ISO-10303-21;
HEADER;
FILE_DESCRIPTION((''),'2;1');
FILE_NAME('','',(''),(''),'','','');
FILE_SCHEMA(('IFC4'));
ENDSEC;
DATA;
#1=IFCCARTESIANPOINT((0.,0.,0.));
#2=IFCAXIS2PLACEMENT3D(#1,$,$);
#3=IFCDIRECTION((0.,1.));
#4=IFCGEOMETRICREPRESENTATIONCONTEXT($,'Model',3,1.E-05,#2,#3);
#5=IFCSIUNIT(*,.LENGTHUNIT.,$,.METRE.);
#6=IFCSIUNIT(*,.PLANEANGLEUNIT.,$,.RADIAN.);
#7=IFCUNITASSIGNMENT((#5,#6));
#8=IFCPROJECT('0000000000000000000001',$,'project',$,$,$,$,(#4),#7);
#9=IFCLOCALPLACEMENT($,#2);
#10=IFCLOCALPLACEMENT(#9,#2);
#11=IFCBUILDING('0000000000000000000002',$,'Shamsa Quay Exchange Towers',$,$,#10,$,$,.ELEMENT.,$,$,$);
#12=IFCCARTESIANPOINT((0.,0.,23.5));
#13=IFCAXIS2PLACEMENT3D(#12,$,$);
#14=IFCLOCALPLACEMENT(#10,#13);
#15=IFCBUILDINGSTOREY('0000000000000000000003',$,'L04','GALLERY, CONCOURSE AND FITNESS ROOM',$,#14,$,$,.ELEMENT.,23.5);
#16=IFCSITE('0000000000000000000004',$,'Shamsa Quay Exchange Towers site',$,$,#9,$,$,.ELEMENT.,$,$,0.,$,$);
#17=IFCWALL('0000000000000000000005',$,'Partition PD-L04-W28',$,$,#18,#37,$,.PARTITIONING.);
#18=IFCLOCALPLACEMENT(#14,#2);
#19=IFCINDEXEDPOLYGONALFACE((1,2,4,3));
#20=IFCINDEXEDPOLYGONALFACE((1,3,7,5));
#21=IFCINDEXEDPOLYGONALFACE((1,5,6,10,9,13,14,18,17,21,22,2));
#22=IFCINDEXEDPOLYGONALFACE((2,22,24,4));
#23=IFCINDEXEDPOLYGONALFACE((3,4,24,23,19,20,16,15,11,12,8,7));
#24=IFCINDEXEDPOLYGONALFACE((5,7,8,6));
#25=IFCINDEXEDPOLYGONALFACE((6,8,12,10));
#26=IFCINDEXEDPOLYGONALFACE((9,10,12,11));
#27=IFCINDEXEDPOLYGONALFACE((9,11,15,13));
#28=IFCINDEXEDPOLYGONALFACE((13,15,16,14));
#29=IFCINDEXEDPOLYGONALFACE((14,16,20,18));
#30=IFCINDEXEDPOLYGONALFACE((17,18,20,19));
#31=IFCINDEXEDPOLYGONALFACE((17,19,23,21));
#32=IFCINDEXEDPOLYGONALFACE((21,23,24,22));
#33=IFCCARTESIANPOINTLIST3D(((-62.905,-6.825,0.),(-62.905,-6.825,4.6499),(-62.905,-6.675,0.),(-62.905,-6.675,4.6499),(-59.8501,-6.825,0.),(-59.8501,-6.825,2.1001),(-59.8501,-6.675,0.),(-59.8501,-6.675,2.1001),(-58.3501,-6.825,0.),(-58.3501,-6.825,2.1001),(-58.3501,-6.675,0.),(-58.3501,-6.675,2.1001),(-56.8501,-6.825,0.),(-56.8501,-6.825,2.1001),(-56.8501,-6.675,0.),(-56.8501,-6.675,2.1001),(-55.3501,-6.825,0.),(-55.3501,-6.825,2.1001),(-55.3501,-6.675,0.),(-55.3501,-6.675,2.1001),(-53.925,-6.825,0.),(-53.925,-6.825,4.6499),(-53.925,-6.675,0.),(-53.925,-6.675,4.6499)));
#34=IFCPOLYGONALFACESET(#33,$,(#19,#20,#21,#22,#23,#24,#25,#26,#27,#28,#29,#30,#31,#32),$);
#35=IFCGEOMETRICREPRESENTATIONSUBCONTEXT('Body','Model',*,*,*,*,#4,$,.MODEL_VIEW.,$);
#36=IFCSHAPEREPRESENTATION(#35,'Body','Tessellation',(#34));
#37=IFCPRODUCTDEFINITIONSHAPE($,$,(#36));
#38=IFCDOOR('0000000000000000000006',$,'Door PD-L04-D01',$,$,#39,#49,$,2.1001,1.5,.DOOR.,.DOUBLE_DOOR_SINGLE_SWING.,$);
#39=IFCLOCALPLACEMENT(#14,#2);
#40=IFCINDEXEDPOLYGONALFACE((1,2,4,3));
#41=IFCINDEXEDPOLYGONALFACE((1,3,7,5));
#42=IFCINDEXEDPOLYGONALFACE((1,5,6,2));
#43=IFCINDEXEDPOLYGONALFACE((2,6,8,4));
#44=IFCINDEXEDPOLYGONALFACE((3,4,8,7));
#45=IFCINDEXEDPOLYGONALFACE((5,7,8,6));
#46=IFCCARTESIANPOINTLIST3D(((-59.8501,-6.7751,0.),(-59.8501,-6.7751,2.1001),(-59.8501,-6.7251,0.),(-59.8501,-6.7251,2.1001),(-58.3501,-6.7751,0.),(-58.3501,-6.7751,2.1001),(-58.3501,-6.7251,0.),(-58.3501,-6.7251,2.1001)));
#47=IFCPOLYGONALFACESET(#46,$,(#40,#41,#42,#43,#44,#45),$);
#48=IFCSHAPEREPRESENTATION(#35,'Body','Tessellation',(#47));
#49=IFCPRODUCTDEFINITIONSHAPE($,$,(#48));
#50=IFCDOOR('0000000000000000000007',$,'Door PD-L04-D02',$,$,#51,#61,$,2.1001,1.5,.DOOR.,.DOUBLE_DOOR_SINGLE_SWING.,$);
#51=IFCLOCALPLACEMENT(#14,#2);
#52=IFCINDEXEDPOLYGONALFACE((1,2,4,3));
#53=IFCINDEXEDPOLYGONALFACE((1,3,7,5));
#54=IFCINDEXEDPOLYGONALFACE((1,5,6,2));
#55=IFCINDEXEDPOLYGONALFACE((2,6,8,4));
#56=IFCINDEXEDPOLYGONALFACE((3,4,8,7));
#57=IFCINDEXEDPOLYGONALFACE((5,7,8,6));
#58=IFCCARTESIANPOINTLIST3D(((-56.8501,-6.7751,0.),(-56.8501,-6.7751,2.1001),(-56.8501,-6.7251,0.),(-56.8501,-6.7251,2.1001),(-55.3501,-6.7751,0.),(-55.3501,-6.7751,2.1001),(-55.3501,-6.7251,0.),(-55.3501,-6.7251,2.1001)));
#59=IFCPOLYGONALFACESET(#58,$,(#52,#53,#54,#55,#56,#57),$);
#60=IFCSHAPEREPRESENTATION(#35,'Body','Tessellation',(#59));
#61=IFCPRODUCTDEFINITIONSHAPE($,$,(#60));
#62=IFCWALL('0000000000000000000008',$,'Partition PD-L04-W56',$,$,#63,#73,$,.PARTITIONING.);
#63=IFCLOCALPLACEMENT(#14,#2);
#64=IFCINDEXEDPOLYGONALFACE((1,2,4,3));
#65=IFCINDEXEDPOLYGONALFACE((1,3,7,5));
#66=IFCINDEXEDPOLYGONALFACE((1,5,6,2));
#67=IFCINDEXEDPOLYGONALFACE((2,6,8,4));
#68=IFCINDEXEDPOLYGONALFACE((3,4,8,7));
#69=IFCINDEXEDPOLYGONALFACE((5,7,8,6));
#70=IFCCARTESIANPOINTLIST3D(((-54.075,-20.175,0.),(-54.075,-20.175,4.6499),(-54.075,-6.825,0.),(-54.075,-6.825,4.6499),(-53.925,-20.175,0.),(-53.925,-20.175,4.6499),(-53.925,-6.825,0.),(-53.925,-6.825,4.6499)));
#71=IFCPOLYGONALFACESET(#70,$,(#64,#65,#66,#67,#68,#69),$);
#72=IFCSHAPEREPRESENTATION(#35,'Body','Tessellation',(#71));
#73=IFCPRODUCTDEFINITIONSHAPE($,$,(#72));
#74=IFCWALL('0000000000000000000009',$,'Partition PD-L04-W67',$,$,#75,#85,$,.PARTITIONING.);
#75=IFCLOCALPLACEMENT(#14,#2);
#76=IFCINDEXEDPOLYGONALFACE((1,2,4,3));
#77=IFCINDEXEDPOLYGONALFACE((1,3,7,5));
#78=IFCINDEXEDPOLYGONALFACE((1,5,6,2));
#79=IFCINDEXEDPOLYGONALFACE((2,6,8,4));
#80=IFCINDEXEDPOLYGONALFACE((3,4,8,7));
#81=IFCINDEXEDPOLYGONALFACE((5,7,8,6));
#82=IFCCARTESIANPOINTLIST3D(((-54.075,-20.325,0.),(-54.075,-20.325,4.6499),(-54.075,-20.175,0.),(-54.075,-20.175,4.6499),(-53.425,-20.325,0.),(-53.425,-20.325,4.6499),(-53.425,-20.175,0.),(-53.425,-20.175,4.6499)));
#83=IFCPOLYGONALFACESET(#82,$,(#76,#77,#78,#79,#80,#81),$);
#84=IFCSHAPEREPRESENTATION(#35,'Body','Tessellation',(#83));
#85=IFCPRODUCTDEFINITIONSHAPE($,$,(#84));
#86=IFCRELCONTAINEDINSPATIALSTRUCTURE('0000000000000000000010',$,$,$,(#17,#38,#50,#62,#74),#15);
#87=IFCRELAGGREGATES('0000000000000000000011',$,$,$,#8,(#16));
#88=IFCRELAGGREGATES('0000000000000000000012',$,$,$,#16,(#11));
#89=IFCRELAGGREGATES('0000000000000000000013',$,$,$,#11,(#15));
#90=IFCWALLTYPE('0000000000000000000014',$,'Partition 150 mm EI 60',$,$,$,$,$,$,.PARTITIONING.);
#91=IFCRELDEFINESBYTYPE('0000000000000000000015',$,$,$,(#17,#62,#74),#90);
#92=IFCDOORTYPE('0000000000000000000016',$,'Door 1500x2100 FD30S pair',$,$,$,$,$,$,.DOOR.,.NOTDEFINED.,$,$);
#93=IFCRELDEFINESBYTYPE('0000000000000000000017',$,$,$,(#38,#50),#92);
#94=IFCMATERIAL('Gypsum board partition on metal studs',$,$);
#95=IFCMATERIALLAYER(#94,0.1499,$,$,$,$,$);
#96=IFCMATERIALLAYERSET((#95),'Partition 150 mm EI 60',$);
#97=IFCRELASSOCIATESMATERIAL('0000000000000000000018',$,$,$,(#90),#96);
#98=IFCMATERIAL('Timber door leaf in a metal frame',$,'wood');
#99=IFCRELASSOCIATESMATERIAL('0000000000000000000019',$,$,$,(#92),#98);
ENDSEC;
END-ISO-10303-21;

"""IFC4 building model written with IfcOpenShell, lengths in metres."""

from ifc_helpers import new_model, si_unit, direction, frame, frame_2d, origin, place, context, subcontext, project, spatial, rectangle, extrude, material, layer, layer_set, type_object, element, fill, save


model = new_model("IFC4")

# Units and contexts
model_context = context("Model", 3, precision=1e-05, world=origin(), true_north=direction((0.0, 1.0)))
body_context = subcontext(model_context, "Body", "Model", "MODEL_VIEW")
ifc_project = project(units=[si_unit("LENGTHUNIT", "METRE"), si_unit("PLANEANGLEUNIT", "RADIAN")], contexts=[model_context])

# Site, building, storey
site_placement = place(None, origin())
site = spatial("IfcSite", under=ifc_project, at=site_placement, Name="Shamsa Quay Exchange Towers site", CompositionType="ELEMENT", RefElevation=0.0)
building_placement = place(site_placement, origin())
building = spatial("IfcBuilding", under=site, at=building_placement, Name="Shamsa Quay Exchange Towers", CompositionType="ELEMENT")
storey_placement = place(building_placement, frame((0.0, 0.0, 23.5)))
storey = spatial("IfcBuildingStorey", under=building, at=storey_placement, Name="L04", Description="GALLERY, CONCOURSE AND FITNESS ROOM", CompositionType="ELEMENT", Elevation=23.5)

# Wall, openings, doors
ifc_material_1 = material(Name="Gypsum board partition on metal studs")
ifc_layer_1 = layer(ifc_material_1, 0.1499)
ifc_layer_set_1 = layer_set([ifc_layer_1], Name="Partition 150 mm EI 60")
wall_type_1 = type_object("IfcWallType", Name="Partition 150 mm EI 60", PredefinedType="PARTITIONING", material=ifc_layer_set_1)
wall_1_placement = place(storey_placement, frame((-62.905, -6.75, 0.0)))
wall_1 = element("IfcWall", 1, at=wall_1_placement, inside=storey, type_object=wall_type_1, Name="Partition PD-L04-W28", PredefinedType="PARTITIONING", context=body_context, shape_type="SweptSolid", body=[
    extrude(rectangle(XDim=8.98, YDim=0.1499, at=frame_2d((4.49, 0.0))), origin(), (0.0, 0.0, 1.0), 4.6499),
])
opening_1_placement = place(wall_1_placement, frame((3.0549, 0.0, 0.0)))
opening_1 = element("IfcOpeningElement", 2, at=opening_1_placement, cuts=wall_1, PredefinedType="OPENING", context=body_context, shape_type="SweptSolid", body=[
    extrude(rectangle(XDim=1.5, YDim=2.1001, at=frame_2d((0.75, 1.05))), frame((0.0, 0.085, 0.0), z_axis=(0.0, -1.0, 0.0), x_axis=(1.0, 0.0, 0.0)), (0.0, 0.0, 1.0), 0.1699),
])
opening_2_placement = place(wall_1_placement, frame((6.0549, 0.0, 0.0)))
opening_2 = element("IfcOpeningElement", 3, at=opening_2_placement, cuts=wall_1, PredefinedType="OPENING", context=body_context, shape_type="SweptSolid", body=[
    extrude(rectangle(XDim=1.5, YDim=2.1001, at=frame_2d((0.75, 1.05))), frame((0.0, 0.085, 0.0), z_axis=(0.0, -1.0, 0.0), x_axis=(1.0, 0.0, 0.0)), (0.0, 0.0, 1.0), 0.1699),
])
ifc_material_2 = material(Name="Timber door leaf in a metal frame", Category="wood")
door_type_1 = type_object("IfcDoorType", Name="Door 1500x2100 FD30S pair", OperationType="NOTDEFINED", PredefinedType="DOOR", material=ifc_material_2)
door_1_placement = place(opening_1_placement, origin())
door_1 = element("IfcDoor", 4, at=door_1_placement, inside=storey, type_object=door_type_1, Name="Door PD-L04-D01", OperationType="DOUBLE_DOOR_SINGLE_SWING", OverallHeight=2.1001, OverallWidth=1.5, PredefinedType="DOOR", context=body_context, shape_type="SweptSolid", body=[
    extrude(rectangle(XDim=1.5, YDim=2.1001, at=frame_2d((0.75, 1.05))), frame((0.0, 0.0249, 0.0), z_axis=(0.0, -1.0, 0.0), x_axis=(1.0, 0.0, 0.0)), (0.0, 0.0, 1.0), 0.05),
])
fill(opening_1, door_1)
door_2_placement = place(opening_2_placement, origin())
door_2 = element("IfcDoor", 5, at=door_2_placement, inside=storey, type_object=door_type_1, Name="Door PD-L04-D02", OperationType="DOUBLE_DOOR_SINGLE_SWING", OverallHeight=2.1001, OverallWidth=1.5, PredefinedType="DOOR", context=body_context, shape_type="SweptSolid", body=[
    extrude(rectangle(XDim=1.5, YDim=2.1001, at=frame_2d((0.75, 1.05))), frame((0.0, 0.0249, 0.0), z_axis=(0.0, -1.0, 0.0), x_axis=(1.0, 0.0, 0.0)), (0.0, 0.0, 1.0), 0.05),
])
fill(opening_2, door_2)

# Walls
wall_2_placement = place(storey_placement, frame((-54.0, -20.175, 0.0), z_axis=(0.0, 0.0, 1.0), x_axis=(0.0, 1.0, 0.0)))
element("IfcWall", 6, at=wall_2_placement, inside=storey, type_object=wall_type_1, Name="Partition PD-L04-W56", PredefinedType="PARTITIONING", context=body_context, shape_type="SweptSolid", body=[
    extrude(rectangle(XDim=13.3501, YDim=0.1499, at=frame_2d((6.675, 0.0))), origin(), (0.0, 0.0, 1.0), 4.6499),
])
wall_3_placement = place(storey_placement, frame((-53.425, -20.25, 0.0), z_axis=(0.0, 0.0, 1.0), x_axis=(-1.0, 0.0, 0.0)))
element("IfcWall", 7, at=wall_3_placement, inside=storey, type_object=wall_type_1, Name="Partition PD-L04-W67", PredefinedType="PARTITIONING", context=body_context, shape_type="SweptSolid", body=[
    extrude(rectangle(XDim=0.6499, YDim=0.1499, at=frame_2d((0.325, 0.0))), origin(), (0.0, 0.0, 1.0), 4.6499),
])

save(model, "model.ifc")
